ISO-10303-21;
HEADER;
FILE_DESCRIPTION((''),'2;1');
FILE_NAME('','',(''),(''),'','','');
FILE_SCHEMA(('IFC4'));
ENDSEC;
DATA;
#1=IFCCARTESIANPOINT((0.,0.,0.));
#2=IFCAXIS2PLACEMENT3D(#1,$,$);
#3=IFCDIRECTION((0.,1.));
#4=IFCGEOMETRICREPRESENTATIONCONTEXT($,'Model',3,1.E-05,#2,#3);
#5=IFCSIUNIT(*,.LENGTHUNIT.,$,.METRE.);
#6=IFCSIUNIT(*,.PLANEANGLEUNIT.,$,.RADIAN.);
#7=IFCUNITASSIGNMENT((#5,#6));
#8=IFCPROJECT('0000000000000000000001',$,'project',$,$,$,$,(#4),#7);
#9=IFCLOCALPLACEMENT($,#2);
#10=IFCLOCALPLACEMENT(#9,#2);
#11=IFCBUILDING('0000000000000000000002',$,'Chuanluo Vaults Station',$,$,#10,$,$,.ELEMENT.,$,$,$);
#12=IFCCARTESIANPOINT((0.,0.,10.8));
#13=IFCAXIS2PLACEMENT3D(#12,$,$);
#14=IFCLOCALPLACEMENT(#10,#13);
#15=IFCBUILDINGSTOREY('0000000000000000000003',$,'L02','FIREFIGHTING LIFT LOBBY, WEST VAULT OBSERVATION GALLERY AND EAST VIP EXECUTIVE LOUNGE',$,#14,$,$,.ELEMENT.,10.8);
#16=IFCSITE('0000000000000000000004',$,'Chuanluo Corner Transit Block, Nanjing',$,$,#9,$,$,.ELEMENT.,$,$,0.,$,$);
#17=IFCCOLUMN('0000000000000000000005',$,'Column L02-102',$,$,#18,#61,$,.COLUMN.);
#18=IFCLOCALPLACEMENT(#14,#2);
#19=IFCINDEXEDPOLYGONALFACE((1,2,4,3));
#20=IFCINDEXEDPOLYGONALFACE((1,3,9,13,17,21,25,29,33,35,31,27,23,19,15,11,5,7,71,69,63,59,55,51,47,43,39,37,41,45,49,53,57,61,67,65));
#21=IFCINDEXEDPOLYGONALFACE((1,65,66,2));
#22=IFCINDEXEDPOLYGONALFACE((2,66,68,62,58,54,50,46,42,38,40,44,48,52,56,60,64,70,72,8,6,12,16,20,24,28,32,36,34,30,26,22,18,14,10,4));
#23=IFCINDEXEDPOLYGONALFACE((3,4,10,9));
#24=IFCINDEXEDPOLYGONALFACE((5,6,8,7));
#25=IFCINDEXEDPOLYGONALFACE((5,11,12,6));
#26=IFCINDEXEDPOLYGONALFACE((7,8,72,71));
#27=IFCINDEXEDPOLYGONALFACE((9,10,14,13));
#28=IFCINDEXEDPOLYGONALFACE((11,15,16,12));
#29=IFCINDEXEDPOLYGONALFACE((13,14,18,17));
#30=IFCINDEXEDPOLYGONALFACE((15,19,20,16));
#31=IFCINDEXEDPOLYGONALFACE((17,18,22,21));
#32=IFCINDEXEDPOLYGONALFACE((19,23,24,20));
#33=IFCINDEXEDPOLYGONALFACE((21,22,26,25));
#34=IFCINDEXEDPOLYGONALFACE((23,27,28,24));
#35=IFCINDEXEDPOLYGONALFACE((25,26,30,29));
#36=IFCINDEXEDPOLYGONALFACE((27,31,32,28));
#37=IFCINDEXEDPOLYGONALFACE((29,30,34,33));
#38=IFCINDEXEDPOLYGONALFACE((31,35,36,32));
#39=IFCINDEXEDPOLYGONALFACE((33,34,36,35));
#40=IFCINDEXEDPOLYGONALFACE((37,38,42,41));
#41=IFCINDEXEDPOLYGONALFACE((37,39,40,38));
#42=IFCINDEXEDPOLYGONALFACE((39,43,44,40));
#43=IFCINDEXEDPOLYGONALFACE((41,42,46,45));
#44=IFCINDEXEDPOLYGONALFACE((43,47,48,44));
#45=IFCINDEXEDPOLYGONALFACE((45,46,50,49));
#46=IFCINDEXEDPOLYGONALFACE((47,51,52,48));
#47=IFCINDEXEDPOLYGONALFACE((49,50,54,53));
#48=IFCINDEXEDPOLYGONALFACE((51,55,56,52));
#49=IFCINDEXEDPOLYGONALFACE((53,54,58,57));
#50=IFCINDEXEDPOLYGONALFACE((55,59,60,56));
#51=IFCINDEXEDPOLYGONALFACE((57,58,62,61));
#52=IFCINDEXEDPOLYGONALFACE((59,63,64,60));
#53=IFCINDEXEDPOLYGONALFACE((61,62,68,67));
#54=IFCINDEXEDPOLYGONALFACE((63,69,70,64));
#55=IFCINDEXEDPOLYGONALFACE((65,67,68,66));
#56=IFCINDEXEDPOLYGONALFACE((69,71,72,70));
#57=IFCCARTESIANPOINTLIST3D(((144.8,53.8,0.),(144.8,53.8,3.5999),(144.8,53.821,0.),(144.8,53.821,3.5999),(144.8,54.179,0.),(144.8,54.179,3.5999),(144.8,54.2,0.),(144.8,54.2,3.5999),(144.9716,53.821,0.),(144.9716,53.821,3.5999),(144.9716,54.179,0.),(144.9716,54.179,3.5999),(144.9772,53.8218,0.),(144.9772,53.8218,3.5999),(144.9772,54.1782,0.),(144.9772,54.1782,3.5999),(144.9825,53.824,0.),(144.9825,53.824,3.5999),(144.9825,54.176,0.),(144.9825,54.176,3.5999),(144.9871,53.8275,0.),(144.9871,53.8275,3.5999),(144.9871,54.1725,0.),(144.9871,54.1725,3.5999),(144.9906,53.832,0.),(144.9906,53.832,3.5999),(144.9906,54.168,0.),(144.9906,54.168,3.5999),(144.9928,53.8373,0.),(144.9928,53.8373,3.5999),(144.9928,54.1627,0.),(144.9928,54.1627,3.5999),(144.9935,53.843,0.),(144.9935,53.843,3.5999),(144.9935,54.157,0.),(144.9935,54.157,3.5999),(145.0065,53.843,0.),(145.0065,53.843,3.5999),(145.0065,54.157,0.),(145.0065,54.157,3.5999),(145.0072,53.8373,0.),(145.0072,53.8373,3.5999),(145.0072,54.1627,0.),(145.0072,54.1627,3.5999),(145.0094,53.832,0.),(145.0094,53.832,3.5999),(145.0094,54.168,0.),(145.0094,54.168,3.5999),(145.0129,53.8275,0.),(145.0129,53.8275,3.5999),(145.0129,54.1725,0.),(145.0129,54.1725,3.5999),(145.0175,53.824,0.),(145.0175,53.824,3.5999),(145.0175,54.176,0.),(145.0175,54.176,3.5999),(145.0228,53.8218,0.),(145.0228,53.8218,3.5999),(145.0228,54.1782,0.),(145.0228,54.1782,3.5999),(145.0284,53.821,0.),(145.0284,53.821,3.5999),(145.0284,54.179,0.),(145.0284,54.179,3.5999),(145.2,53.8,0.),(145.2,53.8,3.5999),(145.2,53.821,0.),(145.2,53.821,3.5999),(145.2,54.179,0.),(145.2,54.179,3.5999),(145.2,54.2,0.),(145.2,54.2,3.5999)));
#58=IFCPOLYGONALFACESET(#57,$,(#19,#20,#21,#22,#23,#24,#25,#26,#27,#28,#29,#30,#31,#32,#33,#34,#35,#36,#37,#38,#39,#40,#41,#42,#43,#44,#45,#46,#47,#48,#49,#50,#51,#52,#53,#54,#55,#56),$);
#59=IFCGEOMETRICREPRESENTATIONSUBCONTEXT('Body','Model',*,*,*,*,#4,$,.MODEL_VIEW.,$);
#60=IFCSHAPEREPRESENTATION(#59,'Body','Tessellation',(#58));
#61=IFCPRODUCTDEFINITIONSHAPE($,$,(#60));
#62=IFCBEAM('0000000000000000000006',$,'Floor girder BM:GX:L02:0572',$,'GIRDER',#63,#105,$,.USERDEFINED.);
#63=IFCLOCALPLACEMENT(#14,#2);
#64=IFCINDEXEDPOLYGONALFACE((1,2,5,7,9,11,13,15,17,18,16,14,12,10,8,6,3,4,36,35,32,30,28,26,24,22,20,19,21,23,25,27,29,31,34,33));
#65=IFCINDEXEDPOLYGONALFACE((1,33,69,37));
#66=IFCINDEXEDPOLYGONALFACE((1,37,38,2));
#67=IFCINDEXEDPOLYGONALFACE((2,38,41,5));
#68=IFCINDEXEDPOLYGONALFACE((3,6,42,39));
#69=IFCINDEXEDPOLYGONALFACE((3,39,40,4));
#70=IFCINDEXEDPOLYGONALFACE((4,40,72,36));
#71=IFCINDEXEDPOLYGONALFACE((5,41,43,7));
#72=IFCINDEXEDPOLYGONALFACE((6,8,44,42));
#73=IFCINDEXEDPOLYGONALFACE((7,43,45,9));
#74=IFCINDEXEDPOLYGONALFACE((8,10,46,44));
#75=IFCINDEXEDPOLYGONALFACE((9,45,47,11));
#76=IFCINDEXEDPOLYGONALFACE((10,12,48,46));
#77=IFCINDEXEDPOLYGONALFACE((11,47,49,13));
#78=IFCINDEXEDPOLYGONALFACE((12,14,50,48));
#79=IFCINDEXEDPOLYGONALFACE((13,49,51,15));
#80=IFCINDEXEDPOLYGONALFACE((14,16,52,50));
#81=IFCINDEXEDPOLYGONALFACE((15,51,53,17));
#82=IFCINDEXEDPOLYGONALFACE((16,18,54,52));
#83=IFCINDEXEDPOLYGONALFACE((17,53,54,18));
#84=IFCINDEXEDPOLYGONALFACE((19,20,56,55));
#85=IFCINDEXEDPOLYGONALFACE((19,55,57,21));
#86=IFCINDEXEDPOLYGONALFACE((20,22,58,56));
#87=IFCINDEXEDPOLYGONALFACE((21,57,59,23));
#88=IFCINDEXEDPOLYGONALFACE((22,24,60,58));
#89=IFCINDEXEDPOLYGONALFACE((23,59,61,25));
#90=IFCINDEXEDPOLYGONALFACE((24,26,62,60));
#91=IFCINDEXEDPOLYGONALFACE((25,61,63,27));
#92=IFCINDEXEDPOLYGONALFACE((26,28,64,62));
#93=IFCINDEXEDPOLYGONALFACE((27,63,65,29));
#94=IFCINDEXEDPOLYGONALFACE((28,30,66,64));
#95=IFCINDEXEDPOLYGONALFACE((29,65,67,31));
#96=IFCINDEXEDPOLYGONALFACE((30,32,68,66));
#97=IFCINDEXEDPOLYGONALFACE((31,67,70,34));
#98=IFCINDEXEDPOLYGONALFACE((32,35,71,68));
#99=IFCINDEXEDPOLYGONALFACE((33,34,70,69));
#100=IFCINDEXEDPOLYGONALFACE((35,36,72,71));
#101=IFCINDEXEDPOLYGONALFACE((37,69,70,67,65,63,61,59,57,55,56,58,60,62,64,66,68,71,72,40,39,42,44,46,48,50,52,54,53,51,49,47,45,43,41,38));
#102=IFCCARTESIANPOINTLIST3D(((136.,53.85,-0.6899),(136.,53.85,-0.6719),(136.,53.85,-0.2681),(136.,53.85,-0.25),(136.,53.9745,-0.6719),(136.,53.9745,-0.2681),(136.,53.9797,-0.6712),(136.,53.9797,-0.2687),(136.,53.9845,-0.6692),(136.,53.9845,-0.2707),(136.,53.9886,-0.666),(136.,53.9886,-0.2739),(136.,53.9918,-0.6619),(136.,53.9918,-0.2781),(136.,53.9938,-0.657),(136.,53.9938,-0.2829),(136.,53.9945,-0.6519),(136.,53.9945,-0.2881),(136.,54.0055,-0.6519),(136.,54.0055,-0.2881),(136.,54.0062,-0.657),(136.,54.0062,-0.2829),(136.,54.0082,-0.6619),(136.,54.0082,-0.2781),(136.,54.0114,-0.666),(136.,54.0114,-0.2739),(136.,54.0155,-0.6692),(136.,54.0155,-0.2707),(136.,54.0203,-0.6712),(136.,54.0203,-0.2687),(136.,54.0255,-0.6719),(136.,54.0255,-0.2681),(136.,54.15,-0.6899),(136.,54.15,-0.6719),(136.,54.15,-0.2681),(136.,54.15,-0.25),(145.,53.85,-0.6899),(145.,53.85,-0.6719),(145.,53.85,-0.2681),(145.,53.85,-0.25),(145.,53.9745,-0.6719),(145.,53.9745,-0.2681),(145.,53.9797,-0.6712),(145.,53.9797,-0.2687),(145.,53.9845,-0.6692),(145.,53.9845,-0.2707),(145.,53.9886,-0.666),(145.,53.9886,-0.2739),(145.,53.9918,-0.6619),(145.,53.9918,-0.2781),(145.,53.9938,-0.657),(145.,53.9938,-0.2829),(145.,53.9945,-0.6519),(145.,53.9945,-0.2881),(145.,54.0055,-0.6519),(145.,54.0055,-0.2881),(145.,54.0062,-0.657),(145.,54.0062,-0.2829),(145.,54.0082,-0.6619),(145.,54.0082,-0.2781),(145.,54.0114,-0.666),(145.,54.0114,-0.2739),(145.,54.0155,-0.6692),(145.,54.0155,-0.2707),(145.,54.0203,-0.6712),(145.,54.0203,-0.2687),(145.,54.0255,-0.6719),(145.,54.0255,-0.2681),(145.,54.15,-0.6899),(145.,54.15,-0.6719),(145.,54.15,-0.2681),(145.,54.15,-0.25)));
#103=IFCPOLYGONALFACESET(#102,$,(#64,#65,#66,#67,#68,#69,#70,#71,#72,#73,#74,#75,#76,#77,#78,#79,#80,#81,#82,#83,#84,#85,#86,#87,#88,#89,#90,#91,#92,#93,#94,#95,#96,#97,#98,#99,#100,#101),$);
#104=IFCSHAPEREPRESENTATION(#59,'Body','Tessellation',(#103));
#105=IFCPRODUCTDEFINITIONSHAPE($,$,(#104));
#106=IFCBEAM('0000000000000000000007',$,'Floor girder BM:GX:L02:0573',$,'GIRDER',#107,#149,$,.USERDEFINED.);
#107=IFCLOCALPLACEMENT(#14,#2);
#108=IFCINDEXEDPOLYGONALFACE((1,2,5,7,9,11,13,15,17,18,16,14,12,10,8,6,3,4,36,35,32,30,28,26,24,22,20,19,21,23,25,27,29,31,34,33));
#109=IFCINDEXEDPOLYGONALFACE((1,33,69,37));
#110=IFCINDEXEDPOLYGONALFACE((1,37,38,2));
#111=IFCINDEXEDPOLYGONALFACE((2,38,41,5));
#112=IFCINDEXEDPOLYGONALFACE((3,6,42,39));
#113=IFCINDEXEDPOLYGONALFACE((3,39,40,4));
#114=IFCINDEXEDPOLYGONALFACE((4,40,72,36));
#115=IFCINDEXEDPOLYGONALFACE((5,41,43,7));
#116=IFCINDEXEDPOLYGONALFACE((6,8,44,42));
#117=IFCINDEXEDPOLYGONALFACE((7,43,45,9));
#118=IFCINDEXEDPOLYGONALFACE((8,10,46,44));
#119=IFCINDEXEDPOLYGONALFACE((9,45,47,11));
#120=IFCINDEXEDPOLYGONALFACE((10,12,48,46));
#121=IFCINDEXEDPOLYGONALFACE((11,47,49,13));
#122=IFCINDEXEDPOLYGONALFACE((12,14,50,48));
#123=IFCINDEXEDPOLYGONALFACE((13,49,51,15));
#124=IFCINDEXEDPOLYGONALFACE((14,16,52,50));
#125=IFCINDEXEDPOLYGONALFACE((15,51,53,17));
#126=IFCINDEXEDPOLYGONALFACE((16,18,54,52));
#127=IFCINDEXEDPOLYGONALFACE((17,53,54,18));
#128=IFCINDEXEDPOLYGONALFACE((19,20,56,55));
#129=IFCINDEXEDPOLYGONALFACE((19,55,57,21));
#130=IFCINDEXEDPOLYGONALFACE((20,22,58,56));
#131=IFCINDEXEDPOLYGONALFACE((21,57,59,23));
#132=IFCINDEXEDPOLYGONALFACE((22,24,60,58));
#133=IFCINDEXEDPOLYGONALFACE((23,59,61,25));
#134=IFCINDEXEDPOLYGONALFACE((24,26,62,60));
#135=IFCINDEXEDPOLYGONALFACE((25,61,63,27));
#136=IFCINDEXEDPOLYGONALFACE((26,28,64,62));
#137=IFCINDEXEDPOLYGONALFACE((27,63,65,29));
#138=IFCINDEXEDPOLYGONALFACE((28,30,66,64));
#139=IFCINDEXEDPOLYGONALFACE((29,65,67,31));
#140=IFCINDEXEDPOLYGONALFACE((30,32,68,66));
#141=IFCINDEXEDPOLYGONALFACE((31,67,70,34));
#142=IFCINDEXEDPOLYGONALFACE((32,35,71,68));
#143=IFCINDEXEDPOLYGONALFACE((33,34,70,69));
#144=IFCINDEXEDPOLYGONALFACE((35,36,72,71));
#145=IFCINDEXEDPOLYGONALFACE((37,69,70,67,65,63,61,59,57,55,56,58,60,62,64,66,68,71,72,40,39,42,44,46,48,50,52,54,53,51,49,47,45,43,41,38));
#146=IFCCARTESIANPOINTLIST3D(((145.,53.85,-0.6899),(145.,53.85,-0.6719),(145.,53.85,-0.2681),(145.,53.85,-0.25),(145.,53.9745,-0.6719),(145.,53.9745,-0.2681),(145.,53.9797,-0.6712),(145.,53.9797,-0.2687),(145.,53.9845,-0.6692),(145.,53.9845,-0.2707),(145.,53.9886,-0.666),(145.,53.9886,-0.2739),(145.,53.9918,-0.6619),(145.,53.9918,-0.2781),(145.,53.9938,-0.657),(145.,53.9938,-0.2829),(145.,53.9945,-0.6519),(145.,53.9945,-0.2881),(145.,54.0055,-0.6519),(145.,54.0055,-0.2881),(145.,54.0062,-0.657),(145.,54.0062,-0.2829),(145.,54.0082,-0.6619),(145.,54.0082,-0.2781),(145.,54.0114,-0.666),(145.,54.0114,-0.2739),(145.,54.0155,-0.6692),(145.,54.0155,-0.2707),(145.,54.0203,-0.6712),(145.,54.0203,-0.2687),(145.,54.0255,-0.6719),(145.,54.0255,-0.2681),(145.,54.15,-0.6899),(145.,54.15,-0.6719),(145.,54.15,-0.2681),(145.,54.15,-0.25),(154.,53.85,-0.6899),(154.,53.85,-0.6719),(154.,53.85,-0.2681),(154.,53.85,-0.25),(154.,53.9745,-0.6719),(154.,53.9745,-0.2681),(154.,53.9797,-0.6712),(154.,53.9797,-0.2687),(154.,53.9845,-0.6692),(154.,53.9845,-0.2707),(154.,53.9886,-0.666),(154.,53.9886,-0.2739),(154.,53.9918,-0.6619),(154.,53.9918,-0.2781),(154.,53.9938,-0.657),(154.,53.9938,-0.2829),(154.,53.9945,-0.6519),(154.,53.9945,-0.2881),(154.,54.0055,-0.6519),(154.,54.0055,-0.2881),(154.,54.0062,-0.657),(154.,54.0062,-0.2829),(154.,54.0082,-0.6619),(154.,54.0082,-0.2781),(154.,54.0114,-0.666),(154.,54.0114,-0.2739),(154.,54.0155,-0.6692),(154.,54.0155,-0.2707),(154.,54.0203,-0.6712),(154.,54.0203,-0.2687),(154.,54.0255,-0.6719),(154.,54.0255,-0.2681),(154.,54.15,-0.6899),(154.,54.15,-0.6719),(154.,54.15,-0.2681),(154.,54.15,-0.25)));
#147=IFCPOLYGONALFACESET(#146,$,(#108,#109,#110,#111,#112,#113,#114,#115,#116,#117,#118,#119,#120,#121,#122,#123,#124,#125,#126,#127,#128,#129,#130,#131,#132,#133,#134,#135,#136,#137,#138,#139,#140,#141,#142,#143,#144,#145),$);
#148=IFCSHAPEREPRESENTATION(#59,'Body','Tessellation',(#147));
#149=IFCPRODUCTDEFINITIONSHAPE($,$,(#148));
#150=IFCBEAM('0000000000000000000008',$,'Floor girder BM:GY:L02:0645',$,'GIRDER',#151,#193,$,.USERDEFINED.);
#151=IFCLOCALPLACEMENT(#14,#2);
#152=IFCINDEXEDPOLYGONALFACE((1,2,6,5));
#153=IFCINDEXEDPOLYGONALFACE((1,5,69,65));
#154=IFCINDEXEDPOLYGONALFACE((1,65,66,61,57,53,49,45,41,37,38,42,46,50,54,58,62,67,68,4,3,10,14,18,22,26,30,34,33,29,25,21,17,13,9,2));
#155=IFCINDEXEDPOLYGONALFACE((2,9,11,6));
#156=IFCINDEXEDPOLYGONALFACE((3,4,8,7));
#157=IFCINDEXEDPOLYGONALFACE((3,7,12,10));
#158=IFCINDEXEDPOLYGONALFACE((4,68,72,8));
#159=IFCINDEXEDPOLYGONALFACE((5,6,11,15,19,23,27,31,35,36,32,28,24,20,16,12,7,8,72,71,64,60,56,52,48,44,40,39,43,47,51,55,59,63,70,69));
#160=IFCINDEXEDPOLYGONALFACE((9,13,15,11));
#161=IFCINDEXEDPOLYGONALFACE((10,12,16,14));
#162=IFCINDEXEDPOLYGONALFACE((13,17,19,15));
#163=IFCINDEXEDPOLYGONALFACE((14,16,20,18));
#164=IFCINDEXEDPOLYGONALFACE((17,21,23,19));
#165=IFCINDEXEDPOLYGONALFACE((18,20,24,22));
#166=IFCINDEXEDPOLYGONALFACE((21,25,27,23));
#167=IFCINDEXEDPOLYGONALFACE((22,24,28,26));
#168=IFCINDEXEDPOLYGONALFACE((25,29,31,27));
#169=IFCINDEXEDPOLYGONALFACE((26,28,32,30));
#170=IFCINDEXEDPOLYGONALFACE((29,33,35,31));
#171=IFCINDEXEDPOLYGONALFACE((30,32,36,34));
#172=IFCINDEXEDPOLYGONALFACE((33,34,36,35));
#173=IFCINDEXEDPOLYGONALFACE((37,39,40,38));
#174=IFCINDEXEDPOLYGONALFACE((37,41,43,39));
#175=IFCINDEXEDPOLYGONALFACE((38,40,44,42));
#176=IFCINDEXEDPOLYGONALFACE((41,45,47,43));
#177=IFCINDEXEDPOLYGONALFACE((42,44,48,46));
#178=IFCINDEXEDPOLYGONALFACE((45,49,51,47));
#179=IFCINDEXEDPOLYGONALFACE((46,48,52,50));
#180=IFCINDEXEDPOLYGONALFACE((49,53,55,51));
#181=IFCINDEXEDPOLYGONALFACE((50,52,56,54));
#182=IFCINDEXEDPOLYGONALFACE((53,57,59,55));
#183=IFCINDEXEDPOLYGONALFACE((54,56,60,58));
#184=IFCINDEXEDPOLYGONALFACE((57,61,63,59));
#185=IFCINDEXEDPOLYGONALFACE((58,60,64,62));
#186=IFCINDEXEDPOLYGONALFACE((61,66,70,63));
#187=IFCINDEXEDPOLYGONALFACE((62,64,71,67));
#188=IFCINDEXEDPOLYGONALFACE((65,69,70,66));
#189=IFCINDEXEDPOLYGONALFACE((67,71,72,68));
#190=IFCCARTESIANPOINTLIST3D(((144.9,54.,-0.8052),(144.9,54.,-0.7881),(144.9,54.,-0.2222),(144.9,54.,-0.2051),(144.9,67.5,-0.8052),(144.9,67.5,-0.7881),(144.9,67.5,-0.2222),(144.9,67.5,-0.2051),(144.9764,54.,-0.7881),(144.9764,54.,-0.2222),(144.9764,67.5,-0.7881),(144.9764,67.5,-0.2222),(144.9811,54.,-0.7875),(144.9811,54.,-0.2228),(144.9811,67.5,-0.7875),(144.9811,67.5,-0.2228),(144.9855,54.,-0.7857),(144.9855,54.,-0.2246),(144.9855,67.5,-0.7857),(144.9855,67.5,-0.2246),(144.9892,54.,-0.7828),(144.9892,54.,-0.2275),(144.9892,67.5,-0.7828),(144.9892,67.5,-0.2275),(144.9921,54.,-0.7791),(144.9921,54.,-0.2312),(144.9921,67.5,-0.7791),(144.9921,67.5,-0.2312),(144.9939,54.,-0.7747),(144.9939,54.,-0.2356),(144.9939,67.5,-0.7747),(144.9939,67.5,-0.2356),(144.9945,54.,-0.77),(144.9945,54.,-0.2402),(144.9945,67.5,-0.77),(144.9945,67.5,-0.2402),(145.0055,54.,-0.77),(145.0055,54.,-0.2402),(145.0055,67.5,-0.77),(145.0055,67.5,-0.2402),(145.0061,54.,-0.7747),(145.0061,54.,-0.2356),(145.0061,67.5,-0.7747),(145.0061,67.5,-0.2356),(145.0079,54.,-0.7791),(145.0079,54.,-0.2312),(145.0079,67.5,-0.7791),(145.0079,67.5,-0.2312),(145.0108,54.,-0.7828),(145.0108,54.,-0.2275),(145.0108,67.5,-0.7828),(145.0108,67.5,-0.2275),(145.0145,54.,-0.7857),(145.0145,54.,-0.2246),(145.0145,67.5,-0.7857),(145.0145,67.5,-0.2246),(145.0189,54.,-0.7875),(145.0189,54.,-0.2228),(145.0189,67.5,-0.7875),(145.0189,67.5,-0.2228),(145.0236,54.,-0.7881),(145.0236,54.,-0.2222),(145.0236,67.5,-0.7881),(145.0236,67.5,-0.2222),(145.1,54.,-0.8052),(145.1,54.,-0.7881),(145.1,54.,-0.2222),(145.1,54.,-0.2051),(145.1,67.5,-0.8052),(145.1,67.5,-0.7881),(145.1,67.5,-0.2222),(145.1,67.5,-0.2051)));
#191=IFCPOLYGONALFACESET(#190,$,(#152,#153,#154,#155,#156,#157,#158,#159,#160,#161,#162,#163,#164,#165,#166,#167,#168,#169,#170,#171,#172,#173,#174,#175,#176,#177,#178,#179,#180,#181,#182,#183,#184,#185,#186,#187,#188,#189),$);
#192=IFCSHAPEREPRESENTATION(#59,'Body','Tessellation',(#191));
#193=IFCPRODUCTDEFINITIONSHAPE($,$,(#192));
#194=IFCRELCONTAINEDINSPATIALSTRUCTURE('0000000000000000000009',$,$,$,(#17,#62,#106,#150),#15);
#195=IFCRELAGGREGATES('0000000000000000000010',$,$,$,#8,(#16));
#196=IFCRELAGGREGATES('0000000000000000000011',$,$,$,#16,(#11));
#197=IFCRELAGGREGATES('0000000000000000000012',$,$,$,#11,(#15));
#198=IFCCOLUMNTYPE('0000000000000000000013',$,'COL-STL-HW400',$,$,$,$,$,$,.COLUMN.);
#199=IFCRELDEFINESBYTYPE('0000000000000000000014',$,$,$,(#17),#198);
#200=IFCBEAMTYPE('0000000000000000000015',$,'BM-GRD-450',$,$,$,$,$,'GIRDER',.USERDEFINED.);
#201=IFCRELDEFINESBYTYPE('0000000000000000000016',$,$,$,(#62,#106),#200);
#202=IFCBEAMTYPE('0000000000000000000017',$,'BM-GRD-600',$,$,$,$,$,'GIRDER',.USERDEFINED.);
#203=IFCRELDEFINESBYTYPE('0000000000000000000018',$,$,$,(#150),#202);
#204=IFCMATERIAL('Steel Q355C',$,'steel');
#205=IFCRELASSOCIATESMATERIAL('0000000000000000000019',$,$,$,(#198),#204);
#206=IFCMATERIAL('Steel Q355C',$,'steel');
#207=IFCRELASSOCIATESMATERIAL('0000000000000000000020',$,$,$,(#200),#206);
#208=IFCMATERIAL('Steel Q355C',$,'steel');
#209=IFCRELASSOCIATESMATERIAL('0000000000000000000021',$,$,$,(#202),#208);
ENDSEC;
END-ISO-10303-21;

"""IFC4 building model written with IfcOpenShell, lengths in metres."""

from ifc_helpers import new_model, si_unit, direction, frame, origin, origin_2d, place, context, subcontext, project, spatial, i_section, extrude, material, material_profile, profile_set, type_object, element, save


model = new_model("IFC4")

# Units and contexts
model_context = context("Model", 3, precision=1e-05, world=origin(), true_north=direction((0.0, 1.0)))
body_context = subcontext(model_context, "Body", "Model", "MODEL_VIEW")
ifc_project = project(units=[si_unit("LENGTHUNIT", "METRE"), si_unit("PLANEANGLEUNIT", "RADIAN")], contexts=[model_context])

# Site, building, storey
site_placement = place(None, origin())
site = spatial("IfcSite", under=ifc_project, at=site_placement, Name="Chuanluo Corner Transit Block, Nanjing", CompositionType="ELEMENT", RefElevation=0.0)
building_placement = place(site_placement, origin())
building = spatial("IfcBuilding", under=site, at=building_placement, Name="Chuanluo Vaults Station", CompositionType="ELEMENT")
storey_placement = place(building_placement, frame((0.0, 0.0, 10.8)))
storey = spatial("IfcBuildingStorey", under=building, at=storey_placement, Name="L02", Description="FIREFIGHTING LIFT LOBBY, WEST VAULT OBSERVATION GALLERY AND EAST VIP EXECUTIVE LOUNGE", CompositionType="ELEMENT", Elevation=10.8)

# Column
ifc_material_1 = material(Name="Steel Q355C", Category="steel")
ifc_material_profile_1 = material_profile(ifc_material_1, i_section(OverallWidth=0.3999, OverallDepth=0.3999, WebThickness=0.0129, FlangeThickness=0.021, FilletRadius=0.022, at=origin_2d()))
ifc_profile_set_1 = profile_set([ifc_material_profile_1], Name="Steel Q355C")
column_type = type_object("IfcColumnType", Name="COL-STL-HW400", PredefinedType="COLUMN", material=ifc_profile_set_1)
column_placement = place(storey_placement, frame((145.0, 54.0, 0.0), z_axis=(0.0, 0.0, 1.0), x_axis=(1.0, 0.0, 0.0)))
element("IfcColumn", 1, at=column_placement, inside=storey, type_object=column_type, Name="Column L02-102", PredefinedType="COLUMN", context=body_context, shape_type="SweptSolid", body=[
    extrude(i_section(OverallWidth=0.3999, OverallDepth=0.3999, WebThickness=0.0129, FlangeThickness=0.021, FilletRadius=0.022, at=origin_2d()), origin(), (0.0, 0.0, 1.0), 3.5999),
])

# Beams
ifc_material_2 = material(Name="Steel Q355C", Category="steel")
ifc_material_profile_2 = material_profile(ifc_material_2, i_section(OverallWidth=0.3, OverallDepth=0.4399, WebThickness=0.011, FlangeThickness=0.0181, FilletRadius=0.02, at=origin_2d()))
ifc_profile_set_2 = profile_set([ifc_material_profile_2], Name="Steel Q355C")
beam_type_1 = type_object("IfcBeamType", Name="BM-GRD-450", ElementType="GIRDER", PredefinedType="USERDEFINED", material=ifc_profile_set_2)
for number, where, z_axis, x_axis, name in (
    (2, (136.0, 54.0, -0.47), (1.0, 0.0, 0.0), (0.0, 1.0, 0.0), "Floor girder BM:GX:L02:0572"),
    (3, (145.0, 54.0, -0.47), (1.0, 0.0, 0.0), (0.0, 1.0, 0.0), "Floor girder BM:GX:L02:0573"),
):
    element("IfcBeam", number, at=place(storey_placement, frame(where, z_axis=z_axis, x_axis=x_axis)), inside=storey, type_object=beam_type_1, Name=name, ObjectType="GIRDER", PredefinedType="USERDEFINED", context=body_context, shape_type="SweptSolid", body=[
        extrude(i_section(OverallWidth=0.3, OverallDepth=0.4399, WebThickness=0.011, FlangeThickness=0.0181, FilletRadius=0.02, at=origin_2d()), origin(), (0.0, 0.0, 1.0), 9.0),
    ])
ifc_material_3 = material(Name="Steel Q355C", Category="steel")
ifc_material_profile_3 = material_profile(ifc_material_3, i_section(OverallWidth=0.2, OverallDepth=0.6001, WebThickness=0.011, FlangeThickness=0.0171, FilletRadius=0.0181, at=origin_2d()))
ifc_profile_set_3 = profile_set([ifc_material_profile_3], Name="Steel Q355C")
beam_type_2 = type_object("IfcBeamType", Name="BM-GRD-600", ElementType="GIRDER", PredefinedType="USERDEFINED", material=ifc_profile_set_3)
beam_placement = place(storey_placement, frame((145.0, 54.0, -0.5051), z_axis=(0.0, 1.0, 0.0), x_axis=(-1.0, 0.0, 0.0)))
element("IfcBeam", 4, at=beam_placement, inside=storey, type_object=beam_type_2, Name="Floor girder BM:GY:L02:0645", ObjectType="GIRDER", PredefinedType="USERDEFINED", context=body_context, shape_type="SweptSolid", body=[
    extrude(i_section(OverallWidth=0.2, OverallDepth=0.6001, WebThickness=0.011, FlangeThickness=0.0171, FilletRadius=0.0181, at=origin_2d()), origin(), (0.0, 0.0, 1.0), 13.5),
])

save(model, "model.ifc")
